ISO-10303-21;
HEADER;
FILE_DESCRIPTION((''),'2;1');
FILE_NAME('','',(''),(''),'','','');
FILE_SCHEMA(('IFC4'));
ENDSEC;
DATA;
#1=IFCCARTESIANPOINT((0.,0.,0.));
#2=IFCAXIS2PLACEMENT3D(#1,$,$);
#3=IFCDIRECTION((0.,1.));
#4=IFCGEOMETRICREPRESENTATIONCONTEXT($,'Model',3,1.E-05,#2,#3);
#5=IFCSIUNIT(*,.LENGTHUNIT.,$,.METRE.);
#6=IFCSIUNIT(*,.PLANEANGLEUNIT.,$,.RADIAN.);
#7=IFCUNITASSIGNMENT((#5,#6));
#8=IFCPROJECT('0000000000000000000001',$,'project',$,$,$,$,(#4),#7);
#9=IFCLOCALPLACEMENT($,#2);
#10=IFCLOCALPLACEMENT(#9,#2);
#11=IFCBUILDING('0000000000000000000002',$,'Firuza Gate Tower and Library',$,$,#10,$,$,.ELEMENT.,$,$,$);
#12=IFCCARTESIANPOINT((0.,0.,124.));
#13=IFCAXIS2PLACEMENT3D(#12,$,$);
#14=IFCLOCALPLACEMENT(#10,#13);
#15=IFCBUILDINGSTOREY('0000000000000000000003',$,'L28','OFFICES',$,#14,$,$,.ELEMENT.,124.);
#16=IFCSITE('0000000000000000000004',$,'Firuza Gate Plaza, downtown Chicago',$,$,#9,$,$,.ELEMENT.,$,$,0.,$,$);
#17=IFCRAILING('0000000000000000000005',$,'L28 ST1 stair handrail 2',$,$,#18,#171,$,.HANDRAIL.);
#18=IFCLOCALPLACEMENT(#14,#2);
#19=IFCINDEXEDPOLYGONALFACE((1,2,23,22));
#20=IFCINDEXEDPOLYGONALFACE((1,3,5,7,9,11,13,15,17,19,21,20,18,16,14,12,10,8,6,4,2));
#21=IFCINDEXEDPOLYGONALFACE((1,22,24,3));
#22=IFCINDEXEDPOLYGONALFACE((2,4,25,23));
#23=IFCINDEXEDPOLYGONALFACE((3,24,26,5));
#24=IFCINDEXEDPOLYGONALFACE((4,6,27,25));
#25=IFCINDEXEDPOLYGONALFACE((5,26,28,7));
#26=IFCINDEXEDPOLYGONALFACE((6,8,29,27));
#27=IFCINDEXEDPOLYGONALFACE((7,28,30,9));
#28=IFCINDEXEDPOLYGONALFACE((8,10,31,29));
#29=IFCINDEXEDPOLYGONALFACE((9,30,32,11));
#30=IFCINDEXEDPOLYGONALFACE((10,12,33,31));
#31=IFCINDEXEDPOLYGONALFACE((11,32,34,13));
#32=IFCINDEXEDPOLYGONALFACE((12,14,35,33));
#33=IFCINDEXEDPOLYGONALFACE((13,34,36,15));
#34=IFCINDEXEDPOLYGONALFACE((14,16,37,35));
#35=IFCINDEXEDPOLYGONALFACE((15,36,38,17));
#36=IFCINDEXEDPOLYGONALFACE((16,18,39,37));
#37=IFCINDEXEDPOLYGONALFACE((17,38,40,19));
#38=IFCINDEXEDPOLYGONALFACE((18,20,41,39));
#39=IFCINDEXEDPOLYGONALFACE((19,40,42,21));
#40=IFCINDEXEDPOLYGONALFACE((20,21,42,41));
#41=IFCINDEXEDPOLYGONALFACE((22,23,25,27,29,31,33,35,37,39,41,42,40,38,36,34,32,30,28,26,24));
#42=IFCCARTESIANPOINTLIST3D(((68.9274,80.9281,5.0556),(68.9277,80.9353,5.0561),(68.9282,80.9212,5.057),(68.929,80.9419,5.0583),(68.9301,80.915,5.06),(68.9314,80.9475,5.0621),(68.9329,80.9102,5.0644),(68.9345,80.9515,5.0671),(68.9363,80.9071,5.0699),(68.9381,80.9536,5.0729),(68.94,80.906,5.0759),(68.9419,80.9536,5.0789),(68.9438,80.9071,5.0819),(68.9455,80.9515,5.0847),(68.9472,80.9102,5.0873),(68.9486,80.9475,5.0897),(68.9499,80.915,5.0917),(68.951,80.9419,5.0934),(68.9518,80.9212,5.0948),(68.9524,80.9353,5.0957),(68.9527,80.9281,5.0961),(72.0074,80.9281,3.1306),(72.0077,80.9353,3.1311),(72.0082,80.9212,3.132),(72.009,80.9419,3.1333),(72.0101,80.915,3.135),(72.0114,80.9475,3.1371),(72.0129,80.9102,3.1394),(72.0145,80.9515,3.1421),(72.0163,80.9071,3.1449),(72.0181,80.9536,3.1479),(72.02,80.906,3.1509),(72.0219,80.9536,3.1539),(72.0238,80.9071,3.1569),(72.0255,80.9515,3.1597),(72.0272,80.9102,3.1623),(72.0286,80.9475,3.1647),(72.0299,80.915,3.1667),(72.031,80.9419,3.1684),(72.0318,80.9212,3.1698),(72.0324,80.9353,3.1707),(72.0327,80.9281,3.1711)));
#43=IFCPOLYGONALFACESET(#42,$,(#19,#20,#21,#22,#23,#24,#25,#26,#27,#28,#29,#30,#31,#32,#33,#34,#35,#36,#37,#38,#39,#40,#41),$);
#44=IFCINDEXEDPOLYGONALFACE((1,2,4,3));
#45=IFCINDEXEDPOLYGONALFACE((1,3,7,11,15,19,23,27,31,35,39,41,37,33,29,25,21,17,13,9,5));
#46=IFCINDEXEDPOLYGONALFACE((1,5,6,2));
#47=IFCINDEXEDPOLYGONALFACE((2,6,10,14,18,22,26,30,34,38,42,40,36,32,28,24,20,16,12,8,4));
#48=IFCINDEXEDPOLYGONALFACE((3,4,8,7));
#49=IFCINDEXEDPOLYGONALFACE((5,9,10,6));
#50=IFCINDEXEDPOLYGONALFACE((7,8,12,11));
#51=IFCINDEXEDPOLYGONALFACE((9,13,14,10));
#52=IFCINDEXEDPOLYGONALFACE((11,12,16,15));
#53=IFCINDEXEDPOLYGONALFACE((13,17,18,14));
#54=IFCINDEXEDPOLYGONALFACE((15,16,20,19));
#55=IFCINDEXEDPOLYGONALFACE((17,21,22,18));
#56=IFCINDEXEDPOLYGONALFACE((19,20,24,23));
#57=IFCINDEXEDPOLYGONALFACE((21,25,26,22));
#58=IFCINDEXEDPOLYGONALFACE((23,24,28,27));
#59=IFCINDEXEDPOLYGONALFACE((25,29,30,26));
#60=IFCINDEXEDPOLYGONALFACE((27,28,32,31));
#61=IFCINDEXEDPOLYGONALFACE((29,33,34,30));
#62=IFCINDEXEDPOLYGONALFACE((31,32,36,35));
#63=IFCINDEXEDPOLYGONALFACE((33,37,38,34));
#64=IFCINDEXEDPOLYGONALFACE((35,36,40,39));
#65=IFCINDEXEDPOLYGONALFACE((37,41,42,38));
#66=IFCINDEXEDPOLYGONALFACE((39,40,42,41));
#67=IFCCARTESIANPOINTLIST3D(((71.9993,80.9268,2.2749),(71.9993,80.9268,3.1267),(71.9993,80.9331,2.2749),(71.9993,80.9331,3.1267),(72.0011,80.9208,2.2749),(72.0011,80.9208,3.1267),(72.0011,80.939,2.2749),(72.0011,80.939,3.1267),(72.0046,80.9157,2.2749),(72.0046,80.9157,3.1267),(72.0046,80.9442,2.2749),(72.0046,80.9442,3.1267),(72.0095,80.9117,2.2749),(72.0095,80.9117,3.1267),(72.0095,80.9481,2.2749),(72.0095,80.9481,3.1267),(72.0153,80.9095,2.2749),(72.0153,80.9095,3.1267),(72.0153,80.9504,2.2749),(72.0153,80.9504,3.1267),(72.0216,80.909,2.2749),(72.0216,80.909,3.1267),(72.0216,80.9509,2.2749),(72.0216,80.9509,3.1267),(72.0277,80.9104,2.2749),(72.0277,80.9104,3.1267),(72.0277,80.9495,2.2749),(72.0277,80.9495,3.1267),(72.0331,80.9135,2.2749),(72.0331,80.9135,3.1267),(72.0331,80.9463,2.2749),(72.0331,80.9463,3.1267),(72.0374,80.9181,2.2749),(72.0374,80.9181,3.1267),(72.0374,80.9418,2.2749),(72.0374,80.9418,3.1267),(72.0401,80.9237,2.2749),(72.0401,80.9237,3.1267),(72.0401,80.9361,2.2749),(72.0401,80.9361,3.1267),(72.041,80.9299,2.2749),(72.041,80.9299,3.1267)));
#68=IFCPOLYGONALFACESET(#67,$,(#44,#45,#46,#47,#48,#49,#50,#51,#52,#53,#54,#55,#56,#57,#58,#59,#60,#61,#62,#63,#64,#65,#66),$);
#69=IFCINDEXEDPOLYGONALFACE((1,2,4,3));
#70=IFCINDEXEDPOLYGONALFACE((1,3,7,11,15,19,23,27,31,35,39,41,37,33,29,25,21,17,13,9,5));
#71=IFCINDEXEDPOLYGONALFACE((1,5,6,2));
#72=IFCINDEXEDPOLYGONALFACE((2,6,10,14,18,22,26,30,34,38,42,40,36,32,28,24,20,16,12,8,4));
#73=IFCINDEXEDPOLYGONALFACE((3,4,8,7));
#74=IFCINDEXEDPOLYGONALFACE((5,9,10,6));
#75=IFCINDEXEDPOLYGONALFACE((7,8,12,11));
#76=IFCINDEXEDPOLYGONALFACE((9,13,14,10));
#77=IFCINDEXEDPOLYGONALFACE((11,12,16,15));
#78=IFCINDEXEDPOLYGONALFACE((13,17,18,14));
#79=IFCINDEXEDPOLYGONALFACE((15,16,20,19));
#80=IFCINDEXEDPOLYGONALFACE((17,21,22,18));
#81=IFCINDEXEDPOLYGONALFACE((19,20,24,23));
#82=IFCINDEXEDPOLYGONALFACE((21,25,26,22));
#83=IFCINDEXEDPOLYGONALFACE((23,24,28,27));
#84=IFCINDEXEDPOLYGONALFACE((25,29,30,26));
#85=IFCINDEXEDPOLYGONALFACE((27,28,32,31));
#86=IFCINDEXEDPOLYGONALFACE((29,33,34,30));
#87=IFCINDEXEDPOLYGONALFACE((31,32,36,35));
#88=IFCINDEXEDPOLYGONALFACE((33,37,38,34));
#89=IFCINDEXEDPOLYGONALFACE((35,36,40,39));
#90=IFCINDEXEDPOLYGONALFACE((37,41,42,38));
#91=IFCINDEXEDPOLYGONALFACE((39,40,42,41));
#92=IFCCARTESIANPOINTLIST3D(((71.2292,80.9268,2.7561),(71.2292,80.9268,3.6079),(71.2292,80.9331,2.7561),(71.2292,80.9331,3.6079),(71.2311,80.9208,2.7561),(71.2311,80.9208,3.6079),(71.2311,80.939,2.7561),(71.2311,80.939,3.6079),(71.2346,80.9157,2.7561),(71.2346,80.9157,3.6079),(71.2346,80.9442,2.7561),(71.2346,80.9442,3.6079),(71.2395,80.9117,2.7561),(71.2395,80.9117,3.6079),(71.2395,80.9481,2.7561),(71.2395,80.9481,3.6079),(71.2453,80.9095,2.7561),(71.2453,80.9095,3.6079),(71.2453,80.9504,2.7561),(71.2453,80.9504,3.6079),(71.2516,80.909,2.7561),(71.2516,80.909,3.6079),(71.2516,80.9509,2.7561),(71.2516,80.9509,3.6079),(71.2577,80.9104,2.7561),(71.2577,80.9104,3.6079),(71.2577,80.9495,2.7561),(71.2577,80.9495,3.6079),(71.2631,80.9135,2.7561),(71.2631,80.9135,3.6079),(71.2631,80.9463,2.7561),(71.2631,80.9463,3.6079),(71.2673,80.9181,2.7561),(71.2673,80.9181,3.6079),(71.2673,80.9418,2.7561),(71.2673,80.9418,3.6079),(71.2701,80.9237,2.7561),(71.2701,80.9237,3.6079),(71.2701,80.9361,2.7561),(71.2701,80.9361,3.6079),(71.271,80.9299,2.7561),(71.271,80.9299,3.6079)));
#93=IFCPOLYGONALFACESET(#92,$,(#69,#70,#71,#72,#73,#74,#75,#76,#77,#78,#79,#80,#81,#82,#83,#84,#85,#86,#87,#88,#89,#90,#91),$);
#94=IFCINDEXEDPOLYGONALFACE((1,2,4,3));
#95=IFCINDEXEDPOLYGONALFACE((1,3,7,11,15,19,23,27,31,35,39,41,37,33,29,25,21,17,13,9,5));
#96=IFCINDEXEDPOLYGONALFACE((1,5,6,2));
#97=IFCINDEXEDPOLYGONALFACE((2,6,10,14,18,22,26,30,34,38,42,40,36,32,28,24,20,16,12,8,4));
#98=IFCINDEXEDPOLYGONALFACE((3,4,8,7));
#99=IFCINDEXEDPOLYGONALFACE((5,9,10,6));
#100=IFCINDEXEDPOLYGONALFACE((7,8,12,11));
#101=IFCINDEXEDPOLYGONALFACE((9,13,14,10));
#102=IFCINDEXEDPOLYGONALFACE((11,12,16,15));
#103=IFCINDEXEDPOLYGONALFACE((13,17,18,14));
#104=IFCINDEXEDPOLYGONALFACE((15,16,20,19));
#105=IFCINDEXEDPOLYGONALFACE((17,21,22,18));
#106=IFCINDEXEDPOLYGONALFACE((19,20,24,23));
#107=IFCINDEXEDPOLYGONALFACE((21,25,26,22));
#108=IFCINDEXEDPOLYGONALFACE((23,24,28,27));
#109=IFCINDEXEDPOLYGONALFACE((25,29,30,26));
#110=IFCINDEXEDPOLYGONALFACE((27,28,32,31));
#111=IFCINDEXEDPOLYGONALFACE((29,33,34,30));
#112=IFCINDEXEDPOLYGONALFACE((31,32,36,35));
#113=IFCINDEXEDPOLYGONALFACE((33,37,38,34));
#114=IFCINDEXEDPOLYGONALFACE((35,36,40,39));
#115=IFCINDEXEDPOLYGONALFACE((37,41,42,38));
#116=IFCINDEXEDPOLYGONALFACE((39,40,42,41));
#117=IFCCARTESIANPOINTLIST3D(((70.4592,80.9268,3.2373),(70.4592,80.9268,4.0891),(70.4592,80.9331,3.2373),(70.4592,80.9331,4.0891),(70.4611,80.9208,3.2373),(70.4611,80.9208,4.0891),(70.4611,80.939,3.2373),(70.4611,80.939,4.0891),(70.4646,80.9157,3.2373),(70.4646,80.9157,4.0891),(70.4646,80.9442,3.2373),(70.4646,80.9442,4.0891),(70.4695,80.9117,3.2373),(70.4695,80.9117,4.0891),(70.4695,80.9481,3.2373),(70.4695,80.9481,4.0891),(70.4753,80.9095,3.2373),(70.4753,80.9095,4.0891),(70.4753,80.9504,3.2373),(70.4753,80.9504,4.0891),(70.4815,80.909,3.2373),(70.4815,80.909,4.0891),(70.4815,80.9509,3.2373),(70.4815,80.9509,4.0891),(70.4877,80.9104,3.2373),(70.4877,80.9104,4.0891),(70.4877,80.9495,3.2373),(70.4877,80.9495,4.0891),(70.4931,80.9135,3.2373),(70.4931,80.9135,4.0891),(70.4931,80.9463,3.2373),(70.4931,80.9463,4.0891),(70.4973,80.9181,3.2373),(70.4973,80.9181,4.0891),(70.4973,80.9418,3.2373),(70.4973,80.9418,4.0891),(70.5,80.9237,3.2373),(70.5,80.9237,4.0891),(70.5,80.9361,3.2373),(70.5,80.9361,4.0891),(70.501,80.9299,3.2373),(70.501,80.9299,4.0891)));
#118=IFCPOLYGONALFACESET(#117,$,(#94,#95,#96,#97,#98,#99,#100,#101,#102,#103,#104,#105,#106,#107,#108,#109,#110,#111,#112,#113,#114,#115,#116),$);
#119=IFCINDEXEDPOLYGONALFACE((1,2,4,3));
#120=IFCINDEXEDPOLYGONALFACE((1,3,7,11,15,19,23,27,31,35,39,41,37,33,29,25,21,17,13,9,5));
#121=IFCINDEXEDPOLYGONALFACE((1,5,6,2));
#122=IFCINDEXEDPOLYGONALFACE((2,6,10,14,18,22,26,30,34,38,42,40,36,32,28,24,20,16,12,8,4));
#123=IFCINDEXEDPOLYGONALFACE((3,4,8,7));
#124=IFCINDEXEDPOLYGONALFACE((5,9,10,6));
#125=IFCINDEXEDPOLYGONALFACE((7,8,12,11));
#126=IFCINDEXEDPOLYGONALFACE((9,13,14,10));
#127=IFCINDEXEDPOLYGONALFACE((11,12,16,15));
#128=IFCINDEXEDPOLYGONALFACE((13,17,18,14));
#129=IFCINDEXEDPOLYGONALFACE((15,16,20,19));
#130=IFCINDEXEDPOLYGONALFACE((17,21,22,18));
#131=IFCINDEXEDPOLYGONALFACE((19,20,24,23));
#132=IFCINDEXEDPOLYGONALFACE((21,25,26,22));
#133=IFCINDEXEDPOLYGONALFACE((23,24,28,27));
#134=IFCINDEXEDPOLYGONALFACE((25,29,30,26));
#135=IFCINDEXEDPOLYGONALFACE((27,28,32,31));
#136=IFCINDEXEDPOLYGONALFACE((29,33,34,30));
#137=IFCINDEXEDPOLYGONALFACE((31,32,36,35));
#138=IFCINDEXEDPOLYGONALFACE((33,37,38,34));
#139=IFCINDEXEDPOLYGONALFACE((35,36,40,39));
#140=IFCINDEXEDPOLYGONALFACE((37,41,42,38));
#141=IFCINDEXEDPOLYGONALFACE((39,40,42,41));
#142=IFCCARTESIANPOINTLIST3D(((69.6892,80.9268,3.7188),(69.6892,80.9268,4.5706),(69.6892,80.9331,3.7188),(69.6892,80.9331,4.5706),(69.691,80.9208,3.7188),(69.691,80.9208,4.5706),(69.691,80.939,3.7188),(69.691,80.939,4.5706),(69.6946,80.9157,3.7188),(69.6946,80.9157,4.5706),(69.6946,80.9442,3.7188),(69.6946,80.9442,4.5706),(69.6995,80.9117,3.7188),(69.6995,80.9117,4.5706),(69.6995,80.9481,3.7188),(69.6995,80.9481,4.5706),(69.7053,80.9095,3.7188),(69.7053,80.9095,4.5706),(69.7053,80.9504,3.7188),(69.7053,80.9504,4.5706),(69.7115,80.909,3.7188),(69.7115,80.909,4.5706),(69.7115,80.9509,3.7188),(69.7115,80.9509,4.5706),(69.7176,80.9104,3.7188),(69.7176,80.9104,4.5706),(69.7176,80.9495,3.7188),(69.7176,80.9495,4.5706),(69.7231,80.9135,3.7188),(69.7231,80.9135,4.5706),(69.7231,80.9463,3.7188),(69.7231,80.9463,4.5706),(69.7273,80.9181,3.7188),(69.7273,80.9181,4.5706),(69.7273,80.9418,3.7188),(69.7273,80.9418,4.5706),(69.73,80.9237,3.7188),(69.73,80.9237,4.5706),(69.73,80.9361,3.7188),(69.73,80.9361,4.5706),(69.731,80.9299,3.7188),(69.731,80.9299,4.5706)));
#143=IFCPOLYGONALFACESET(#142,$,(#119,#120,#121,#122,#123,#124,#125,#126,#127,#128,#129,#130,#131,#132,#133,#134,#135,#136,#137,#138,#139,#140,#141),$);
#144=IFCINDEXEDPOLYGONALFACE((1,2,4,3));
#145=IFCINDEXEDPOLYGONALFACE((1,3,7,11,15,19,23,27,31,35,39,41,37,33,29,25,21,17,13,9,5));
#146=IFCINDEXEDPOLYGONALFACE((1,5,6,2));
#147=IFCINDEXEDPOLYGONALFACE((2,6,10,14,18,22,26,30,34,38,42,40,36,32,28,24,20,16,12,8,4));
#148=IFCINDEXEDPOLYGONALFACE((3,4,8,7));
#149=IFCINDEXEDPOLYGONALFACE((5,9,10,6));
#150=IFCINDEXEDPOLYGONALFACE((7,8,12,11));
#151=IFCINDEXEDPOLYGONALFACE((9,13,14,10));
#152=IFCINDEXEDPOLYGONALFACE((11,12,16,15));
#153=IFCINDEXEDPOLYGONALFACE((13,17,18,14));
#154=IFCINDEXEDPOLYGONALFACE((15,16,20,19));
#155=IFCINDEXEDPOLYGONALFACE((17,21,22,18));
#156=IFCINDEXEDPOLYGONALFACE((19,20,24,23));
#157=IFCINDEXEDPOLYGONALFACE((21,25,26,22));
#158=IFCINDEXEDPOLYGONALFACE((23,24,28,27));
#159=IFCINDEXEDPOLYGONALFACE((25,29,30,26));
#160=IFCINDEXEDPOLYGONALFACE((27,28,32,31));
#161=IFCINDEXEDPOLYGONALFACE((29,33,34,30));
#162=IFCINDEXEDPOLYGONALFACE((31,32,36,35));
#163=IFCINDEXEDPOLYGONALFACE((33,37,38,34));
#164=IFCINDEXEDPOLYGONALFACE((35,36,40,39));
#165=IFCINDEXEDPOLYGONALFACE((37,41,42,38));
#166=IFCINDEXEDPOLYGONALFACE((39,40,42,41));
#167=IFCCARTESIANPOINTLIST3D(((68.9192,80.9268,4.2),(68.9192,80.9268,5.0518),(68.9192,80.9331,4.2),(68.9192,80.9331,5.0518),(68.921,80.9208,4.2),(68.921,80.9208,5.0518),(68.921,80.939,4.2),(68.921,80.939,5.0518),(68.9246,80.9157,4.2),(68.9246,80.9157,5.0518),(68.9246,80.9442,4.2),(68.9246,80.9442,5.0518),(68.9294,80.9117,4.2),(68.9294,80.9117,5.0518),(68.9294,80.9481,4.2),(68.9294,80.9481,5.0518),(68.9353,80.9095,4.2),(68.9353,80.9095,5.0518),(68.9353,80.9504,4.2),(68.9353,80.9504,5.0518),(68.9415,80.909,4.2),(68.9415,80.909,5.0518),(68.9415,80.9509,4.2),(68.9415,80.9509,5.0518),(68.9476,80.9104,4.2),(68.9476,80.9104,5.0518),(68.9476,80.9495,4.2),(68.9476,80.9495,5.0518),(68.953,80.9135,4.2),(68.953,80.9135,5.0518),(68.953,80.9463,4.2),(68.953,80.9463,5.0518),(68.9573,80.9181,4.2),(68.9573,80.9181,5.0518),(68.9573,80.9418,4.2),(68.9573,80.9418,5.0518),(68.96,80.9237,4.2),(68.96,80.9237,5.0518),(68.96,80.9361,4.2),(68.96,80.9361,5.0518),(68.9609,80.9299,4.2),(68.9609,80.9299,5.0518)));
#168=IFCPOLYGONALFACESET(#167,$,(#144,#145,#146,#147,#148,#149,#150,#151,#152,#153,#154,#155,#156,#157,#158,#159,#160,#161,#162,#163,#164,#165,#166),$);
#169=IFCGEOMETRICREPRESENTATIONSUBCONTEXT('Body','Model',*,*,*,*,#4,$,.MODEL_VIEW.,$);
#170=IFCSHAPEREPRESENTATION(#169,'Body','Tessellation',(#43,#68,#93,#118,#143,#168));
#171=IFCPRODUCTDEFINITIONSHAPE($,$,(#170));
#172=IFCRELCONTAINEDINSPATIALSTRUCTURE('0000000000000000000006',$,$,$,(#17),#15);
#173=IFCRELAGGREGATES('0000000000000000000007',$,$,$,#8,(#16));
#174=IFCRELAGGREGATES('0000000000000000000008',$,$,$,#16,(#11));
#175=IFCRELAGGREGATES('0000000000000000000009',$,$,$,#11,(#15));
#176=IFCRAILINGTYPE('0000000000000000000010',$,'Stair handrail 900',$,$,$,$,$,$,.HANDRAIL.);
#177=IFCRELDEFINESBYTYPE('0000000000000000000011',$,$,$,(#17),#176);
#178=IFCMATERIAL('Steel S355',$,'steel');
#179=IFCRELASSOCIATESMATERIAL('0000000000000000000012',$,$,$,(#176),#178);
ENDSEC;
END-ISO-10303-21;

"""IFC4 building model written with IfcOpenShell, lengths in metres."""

from ifc_helpers import new_model, si_unit, direction, frame, origin, origin_2d, place, context, subcontext, project, spatial, circle, extrude, material, type_object, element, save


model = new_model("IFC4")

# Units and contexts
model_context = context("Model", 3, precision=1e-05, world=origin(), true_north=direction((0.0, 1.0)))
body_context = subcontext(model_context, "Body", "Model", "MODEL_VIEW")
ifc_project = project(units=[si_unit("LENGTHUNIT", "METRE"), si_unit("PLANEANGLEUNIT", "RADIAN")], contexts=[model_context])

# Site, building, storey
site_placement = place(None, origin())
site = spatial("IfcSite", under=ifc_project, at=site_placement, Name="Firuza Gate Plaza, downtown Chicago", CompositionType="ELEMENT", RefElevation=0.0)
building_placement = place(site_placement, origin())
building = spatial("IfcBuilding", under=site, at=building_placement, Name="Firuza Gate Tower and Library", CompositionType="ELEMENT")
storey_placement = place(building_placement, frame((0.0, 0.0, 124.0)))
storey = spatial("IfcBuildingStorey", under=building, at=storey_placement, Name="L28", Description="OFFICES", CompositionType="ELEMENT", Elevation=124.0)

# Railing
ifc_material_1 = material(Name="Steel S355", Category="steel")
railing_type_1 = type_object("IfcRailingType", Name="Stair handrail 900", PredefinedType="HANDRAIL", material=ifc_material_1)
railing_1_placement = place(storey_placement, frame((72.02, 80.9299, 2.2749)))
element("IfcRailing", 1, at=railing_1_placement, inside=storey, type_object=railing_type_1, Name="L28 ST1 stair handrail 2", PredefinedType="HANDRAIL", context=body_context, shape_type="SweptSolid", body=[
    extrude(circle(Radius=0.0239, at=origin_2d()), frame((0.0, 0.0, 0.876), z_axis=(-0.847998, 0.0, 0.529999), x_axis=(0.0, -1.0, 0.0)), (0.0, 0.0, 1.0), 3.6321),
    extrude(circle(Radius=0.021, at=origin_2d()), origin(), (0.0, 0.0, 1.0), 0.8518),
    extrude(circle(Radius=0.021, at=origin_2d()), frame((-0.77, 0.0, 0.4812)), (0.0, 0.0, 1.0), 0.8518),
    extrude(circle(Radius=0.021, at=origin_2d()), frame((-1.54, 0.0, 0.9624)), (0.0, 0.0, 1.0), 0.8518),
    extrude(circle(Radius=0.021, at=origin_2d()), frame((-2.3101, 0.0, 1.4438)), (0.0, 0.0, 1.0), 0.8518),
    extrude(circle(Radius=0.021, at=origin_2d()), frame((-3.0801, 0.0, 1.925)), (0.0, 0.0, 1.0), 0.8518),
])

save(model, "model.ifc")
